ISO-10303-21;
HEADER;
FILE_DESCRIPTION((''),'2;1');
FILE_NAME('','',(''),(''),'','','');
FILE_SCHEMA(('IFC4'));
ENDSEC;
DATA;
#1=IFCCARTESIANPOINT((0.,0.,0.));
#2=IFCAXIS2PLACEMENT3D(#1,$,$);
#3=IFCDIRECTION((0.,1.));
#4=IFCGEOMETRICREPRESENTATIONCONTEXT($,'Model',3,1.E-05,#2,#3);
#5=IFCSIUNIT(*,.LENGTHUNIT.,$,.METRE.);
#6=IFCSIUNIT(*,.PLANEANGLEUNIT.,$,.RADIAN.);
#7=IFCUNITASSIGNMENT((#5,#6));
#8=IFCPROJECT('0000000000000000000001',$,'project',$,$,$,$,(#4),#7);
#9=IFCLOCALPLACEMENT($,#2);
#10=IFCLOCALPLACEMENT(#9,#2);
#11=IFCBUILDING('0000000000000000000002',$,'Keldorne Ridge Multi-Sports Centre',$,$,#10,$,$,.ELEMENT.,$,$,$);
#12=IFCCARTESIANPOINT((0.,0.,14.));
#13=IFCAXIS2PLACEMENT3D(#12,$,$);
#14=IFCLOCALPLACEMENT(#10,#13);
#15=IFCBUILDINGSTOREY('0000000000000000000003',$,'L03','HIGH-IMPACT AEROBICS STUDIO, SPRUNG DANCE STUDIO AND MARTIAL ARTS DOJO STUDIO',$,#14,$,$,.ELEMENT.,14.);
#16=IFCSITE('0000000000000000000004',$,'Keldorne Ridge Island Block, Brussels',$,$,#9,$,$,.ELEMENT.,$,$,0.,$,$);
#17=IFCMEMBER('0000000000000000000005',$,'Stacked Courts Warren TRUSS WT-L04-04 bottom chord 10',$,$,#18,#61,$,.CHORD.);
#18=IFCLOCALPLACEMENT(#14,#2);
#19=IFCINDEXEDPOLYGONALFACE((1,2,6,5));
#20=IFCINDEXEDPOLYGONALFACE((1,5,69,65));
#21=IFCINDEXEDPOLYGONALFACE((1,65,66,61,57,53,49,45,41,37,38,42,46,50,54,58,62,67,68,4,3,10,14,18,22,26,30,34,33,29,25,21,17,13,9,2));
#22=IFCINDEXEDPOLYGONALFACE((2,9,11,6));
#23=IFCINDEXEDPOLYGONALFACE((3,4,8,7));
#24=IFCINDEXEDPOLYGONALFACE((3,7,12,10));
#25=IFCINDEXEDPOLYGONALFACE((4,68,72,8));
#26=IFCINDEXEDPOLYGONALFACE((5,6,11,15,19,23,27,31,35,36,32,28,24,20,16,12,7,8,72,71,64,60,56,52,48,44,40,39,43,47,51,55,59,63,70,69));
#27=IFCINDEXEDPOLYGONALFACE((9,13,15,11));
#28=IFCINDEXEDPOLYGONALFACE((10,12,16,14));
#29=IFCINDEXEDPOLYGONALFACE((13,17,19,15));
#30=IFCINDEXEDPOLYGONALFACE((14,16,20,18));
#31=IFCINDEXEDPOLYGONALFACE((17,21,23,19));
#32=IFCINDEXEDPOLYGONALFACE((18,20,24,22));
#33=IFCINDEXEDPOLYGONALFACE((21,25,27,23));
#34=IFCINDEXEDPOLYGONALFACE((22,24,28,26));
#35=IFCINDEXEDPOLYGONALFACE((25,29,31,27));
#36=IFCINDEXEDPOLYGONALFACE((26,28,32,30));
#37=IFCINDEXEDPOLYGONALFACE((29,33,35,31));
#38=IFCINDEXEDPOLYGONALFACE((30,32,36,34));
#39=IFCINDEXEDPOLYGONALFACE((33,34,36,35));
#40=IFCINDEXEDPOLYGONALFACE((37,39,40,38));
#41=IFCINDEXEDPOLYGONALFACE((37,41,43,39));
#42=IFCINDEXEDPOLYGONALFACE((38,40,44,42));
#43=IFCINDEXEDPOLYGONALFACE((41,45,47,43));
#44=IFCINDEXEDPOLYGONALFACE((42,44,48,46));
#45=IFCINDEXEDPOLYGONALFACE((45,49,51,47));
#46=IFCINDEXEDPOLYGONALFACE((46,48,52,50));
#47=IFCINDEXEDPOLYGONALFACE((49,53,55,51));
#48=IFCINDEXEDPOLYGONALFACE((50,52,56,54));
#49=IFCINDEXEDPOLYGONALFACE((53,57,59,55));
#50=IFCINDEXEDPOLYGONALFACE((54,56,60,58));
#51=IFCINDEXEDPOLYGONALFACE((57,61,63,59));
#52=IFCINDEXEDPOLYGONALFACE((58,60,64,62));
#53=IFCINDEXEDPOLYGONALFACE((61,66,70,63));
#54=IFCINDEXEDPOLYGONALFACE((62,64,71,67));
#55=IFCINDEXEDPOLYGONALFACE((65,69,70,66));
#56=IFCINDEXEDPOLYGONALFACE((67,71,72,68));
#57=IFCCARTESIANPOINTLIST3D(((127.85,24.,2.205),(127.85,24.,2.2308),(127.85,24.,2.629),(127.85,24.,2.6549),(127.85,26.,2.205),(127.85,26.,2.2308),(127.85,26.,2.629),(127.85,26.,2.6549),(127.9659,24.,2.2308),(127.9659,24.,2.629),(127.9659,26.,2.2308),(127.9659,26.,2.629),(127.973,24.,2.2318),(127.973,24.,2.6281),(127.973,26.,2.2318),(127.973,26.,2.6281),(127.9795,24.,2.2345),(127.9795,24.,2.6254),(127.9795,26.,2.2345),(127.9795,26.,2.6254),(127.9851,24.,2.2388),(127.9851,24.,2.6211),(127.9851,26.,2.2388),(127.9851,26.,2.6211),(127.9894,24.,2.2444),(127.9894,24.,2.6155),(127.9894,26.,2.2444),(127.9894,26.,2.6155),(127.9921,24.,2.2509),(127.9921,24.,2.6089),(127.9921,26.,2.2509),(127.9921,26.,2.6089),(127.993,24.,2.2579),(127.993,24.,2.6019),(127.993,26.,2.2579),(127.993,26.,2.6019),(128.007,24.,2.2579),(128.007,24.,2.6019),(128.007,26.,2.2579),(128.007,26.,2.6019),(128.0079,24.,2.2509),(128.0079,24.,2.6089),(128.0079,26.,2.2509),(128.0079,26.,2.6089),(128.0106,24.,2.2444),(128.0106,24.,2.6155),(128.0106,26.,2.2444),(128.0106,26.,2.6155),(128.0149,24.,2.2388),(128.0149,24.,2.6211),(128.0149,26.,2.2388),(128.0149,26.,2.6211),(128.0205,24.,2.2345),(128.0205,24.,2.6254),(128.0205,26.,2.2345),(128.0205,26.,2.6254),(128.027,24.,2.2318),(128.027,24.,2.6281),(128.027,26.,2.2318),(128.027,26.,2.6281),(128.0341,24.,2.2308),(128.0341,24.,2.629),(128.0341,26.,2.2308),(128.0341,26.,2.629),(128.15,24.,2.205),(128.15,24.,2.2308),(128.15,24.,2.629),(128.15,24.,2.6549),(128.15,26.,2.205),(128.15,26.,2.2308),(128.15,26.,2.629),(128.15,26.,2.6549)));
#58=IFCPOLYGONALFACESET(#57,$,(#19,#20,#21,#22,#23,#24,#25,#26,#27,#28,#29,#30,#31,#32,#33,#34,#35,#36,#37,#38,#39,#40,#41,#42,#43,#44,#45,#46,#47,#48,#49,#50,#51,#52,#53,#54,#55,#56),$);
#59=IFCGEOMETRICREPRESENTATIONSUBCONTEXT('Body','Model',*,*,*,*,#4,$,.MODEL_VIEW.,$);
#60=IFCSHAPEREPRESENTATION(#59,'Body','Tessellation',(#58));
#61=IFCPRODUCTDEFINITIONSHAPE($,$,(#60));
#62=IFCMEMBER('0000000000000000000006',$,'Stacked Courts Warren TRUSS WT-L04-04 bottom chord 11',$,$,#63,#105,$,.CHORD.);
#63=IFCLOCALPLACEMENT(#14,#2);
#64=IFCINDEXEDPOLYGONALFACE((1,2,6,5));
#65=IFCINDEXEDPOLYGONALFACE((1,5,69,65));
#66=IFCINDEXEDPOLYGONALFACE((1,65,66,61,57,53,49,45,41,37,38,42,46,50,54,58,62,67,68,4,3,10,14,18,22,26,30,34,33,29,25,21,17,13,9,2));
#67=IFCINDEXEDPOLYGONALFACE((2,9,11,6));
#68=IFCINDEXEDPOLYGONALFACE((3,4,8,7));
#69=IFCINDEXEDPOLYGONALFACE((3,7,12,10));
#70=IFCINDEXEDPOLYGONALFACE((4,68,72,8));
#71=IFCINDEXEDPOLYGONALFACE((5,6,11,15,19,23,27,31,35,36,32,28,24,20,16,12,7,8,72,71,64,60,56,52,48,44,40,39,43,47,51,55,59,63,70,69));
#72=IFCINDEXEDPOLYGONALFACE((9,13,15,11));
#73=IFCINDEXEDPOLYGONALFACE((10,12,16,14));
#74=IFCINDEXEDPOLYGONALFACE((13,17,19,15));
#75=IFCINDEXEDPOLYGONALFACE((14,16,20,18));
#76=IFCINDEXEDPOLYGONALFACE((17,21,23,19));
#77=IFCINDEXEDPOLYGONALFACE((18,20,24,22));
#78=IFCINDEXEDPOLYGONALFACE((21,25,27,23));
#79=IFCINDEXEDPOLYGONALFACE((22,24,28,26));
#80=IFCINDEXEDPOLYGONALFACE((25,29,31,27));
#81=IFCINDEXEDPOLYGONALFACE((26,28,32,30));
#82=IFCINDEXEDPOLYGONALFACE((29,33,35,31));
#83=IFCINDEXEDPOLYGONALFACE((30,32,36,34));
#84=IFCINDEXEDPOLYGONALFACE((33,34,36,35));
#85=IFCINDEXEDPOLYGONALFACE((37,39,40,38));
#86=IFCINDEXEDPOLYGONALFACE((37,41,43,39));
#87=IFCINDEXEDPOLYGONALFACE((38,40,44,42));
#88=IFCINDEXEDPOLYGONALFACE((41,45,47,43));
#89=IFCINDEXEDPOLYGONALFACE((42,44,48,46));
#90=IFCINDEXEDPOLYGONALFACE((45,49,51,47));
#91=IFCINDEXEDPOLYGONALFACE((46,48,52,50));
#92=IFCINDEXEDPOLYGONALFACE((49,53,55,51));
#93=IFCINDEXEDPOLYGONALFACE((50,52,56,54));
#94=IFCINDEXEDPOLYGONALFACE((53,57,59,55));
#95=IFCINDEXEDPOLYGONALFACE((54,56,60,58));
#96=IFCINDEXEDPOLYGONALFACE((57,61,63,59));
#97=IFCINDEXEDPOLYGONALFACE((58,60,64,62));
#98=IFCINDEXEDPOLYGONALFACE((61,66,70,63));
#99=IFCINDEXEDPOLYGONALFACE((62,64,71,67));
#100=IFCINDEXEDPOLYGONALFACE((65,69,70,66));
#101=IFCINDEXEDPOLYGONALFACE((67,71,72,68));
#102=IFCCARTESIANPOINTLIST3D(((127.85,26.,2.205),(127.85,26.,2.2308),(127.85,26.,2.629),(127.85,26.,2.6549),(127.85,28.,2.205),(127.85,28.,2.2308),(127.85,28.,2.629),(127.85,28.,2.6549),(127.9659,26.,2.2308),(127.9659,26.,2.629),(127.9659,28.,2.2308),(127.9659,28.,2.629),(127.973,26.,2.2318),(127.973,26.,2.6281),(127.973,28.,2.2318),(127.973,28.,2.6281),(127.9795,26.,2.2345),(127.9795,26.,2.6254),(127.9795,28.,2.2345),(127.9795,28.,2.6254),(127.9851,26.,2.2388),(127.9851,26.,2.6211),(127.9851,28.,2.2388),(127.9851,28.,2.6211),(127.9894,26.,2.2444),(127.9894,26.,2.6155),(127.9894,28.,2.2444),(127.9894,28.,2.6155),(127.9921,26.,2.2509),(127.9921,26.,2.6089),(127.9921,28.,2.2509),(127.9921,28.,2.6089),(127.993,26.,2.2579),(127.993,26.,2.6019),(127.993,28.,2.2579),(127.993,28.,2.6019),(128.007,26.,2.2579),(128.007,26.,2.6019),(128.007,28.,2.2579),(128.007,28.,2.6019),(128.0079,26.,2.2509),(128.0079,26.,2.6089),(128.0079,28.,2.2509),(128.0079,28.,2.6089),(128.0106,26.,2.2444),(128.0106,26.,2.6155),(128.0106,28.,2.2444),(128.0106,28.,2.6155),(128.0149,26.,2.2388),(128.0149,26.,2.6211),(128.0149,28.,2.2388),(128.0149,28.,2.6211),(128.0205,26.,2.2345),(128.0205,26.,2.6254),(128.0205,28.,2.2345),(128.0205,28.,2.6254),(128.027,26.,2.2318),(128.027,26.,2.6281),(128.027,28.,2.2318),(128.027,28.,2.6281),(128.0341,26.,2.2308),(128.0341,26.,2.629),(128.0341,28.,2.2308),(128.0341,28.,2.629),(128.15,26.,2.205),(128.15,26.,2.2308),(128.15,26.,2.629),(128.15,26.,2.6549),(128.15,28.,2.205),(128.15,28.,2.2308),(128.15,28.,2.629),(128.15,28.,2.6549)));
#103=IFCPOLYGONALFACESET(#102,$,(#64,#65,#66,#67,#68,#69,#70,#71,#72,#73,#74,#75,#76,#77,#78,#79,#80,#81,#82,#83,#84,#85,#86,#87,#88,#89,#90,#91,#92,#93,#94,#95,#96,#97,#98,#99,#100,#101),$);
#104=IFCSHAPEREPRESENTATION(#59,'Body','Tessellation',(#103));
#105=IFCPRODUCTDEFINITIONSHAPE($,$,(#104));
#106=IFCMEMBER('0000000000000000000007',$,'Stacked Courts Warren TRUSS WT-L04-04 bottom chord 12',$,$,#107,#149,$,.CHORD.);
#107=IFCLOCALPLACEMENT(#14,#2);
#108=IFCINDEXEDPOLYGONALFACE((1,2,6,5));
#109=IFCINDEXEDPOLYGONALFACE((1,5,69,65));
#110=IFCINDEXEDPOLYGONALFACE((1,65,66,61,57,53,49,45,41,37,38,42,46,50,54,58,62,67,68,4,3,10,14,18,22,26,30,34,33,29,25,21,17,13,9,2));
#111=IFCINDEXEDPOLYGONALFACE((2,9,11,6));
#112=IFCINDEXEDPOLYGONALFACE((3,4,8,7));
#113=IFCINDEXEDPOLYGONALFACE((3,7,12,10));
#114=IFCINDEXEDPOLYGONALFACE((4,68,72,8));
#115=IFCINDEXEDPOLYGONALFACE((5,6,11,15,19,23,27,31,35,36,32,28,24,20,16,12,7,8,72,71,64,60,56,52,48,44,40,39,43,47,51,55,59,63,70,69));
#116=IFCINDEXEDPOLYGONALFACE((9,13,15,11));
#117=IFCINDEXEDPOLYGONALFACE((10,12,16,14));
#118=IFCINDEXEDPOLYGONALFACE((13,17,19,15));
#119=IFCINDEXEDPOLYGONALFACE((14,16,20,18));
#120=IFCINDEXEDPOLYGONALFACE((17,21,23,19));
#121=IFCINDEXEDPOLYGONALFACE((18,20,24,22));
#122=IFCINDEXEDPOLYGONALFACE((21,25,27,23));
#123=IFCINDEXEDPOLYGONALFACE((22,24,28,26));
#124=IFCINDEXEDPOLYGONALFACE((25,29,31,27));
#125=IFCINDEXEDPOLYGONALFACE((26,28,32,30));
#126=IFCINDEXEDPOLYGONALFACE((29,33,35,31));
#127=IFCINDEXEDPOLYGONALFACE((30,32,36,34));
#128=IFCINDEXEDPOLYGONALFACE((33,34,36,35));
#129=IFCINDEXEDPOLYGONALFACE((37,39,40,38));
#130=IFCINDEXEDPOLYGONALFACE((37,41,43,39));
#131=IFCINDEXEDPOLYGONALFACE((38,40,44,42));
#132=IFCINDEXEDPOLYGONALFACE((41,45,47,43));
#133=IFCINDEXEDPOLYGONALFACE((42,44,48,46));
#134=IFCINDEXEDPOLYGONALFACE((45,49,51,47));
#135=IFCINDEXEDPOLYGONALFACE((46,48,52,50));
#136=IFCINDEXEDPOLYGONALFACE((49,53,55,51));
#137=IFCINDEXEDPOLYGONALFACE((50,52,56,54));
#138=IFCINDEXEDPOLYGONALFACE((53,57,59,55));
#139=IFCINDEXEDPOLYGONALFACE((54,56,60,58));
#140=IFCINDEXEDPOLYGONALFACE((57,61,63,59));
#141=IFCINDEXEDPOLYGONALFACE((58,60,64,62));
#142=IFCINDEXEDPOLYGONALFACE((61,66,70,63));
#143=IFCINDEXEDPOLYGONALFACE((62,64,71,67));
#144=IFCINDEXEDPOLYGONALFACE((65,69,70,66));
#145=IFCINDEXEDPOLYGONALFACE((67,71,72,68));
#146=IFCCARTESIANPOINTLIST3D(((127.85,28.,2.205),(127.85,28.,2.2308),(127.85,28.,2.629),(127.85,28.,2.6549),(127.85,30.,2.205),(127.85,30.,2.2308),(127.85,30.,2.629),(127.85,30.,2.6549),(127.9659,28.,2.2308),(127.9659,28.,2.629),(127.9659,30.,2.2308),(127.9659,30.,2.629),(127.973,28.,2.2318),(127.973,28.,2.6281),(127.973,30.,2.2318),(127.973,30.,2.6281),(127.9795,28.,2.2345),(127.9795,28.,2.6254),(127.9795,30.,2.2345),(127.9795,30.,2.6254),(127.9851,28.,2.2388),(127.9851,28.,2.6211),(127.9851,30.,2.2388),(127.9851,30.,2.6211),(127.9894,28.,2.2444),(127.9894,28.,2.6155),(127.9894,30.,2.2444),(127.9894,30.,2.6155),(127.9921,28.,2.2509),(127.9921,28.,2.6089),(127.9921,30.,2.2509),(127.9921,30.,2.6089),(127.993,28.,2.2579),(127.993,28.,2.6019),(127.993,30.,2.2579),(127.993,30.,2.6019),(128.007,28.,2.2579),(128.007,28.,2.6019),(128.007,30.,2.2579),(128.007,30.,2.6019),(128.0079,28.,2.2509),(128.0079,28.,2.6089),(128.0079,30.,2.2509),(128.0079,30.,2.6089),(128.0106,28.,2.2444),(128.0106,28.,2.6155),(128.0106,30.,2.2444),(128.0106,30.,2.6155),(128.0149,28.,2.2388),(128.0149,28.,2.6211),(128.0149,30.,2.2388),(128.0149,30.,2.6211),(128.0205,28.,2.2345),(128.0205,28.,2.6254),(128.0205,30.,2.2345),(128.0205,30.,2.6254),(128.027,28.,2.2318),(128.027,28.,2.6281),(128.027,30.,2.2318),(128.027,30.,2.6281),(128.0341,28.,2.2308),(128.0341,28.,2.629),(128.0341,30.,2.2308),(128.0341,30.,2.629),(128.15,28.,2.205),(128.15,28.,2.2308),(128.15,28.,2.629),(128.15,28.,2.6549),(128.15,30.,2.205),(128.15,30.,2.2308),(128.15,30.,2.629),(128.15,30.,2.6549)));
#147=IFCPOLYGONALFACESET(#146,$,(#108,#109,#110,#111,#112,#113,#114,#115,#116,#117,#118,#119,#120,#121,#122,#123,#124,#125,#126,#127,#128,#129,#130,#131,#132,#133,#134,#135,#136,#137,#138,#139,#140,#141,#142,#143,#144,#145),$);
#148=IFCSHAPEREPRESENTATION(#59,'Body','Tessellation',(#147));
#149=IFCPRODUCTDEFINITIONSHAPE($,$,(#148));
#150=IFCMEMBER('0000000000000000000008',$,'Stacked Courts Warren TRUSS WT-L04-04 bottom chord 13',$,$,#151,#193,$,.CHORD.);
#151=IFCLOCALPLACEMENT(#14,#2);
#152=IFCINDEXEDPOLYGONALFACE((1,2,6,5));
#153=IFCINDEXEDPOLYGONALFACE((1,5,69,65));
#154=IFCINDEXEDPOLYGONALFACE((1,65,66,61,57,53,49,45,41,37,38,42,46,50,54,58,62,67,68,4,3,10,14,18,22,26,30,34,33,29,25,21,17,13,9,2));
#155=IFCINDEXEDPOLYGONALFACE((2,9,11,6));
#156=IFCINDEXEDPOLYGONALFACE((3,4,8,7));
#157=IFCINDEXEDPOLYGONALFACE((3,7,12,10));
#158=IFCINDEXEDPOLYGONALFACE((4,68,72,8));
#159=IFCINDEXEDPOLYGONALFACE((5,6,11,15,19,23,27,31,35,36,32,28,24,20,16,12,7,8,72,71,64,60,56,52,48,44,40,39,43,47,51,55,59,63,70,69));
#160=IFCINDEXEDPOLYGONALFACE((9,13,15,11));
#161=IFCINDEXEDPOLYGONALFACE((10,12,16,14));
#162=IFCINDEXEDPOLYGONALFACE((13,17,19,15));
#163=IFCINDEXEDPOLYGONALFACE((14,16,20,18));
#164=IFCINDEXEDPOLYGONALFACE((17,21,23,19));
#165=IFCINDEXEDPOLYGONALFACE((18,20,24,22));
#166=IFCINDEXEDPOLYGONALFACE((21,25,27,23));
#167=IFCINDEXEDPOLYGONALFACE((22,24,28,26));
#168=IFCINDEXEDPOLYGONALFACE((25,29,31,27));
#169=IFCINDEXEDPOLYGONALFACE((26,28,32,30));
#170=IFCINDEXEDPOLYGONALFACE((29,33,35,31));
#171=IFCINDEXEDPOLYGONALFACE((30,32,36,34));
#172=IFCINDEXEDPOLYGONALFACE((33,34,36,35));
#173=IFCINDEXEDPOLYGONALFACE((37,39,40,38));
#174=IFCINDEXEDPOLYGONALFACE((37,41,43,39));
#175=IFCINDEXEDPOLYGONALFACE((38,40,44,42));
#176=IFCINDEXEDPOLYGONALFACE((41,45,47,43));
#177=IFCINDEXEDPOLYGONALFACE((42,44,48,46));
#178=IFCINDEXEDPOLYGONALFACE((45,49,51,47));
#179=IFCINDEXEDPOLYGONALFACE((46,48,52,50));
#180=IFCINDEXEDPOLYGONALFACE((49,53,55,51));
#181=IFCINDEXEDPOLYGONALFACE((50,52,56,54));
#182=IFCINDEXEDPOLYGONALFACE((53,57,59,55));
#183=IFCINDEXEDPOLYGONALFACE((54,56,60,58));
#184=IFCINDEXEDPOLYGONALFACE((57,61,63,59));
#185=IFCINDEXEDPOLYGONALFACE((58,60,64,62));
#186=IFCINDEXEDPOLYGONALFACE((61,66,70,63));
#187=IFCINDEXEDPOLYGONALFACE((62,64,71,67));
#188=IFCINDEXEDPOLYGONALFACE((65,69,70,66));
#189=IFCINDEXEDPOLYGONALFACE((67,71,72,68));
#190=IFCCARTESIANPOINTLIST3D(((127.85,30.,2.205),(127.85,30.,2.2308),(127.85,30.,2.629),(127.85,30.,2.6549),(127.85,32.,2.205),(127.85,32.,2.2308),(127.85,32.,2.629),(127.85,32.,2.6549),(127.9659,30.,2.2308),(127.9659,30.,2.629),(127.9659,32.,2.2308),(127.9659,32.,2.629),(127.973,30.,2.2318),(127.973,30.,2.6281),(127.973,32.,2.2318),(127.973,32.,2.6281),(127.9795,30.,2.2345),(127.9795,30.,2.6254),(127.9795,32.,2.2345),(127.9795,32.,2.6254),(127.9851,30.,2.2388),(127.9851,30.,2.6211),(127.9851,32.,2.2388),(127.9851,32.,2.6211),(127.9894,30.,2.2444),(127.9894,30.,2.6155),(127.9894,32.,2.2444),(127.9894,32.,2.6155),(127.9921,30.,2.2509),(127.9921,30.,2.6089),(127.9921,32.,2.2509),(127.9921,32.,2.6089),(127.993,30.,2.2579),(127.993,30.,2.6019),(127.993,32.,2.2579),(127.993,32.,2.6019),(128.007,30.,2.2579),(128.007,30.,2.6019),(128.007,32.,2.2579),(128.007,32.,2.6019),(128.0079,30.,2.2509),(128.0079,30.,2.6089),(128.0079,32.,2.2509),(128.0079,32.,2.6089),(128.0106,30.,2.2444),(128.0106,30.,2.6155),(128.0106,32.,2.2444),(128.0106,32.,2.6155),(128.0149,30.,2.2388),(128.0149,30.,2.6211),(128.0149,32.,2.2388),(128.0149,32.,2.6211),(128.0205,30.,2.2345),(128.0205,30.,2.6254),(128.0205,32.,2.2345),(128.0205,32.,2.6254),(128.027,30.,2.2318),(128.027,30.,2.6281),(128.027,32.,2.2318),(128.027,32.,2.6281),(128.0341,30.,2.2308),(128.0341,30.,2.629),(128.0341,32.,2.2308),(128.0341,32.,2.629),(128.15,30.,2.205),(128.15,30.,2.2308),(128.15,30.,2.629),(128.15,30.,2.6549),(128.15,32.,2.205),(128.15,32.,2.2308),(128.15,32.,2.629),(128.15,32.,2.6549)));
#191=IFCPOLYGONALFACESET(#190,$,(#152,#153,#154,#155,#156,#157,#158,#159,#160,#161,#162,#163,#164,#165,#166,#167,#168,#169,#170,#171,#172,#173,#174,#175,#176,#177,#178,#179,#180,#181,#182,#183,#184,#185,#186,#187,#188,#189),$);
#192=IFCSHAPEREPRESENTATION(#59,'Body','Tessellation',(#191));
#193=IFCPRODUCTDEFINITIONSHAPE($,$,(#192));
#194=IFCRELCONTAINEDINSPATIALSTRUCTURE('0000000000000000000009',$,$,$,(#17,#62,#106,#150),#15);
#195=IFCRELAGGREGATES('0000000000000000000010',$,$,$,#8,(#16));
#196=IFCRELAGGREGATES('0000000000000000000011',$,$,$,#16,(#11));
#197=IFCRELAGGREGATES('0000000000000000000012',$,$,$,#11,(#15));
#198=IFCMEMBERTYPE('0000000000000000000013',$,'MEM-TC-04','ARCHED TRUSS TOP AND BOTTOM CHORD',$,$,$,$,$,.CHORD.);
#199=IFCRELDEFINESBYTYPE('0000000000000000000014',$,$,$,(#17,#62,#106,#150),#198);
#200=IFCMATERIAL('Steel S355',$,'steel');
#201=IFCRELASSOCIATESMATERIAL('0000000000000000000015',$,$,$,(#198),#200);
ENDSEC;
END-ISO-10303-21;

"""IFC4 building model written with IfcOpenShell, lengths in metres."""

from ifc_helpers import new_model, si_unit, direction, frame, origin, origin_2d, place, context, subcontext, project, spatial, i_section, extrude, material, material_profile, profile_set, type_object, element, save


model = new_model("IFC4")

# Units and contexts
model_context = context("Model", 3, precision=1e-05, world=origin(), true_north=direction((0.0, 1.0)))
body_context = subcontext(model_context, "Body", "Model", "MODEL_VIEW")
ifc_project = project(units=[si_unit("LENGTHUNIT", "METRE"), si_unit("PLANEANGLEUNIT", "RADIAN")], contexts=[model_context])

# Site, building, storey
site_placement = place(None, origin())
site = spatial("IfcSite", under=ifc_project, at=site_placement, Name="Keldorne Ridge Island Block, Brussels", CompositionType="ELEMENT", RefElevation=0.0)
building_placement = place(site_placement, origin())
building = spatial("IfcBuilding", under=site, at=building_placement, Name="Keldorne Ridge Multi-Sports Centre", CompositionType="ELEMENT")
storey_placement = place(building_placement, frame((0.0, 0.0, 14.0)))
storey = spatial("IfcBuildingStorey", under=building, at=storey_placement, Name="L03", Description="HIGH-IMPACT AEROBICS STUDIO, SPRUNG DANCE STUDIO AND MARTIAL ARTS DOJO STUDIO", CompositionType="ELEMENT", Elevation=14.0)

# Members
ifc_material = material(Name="Steel S355", Category="steel")
ifc_material_profile_1 = material_profile(ifc_material, i_section(OverallWidth=0.3, OverallDepth=0.45, WebThickness=0.0139, FlangeThickness=0.0259, FilletRadius=0.0271, at=origin_2d()), Name="HEB 450")
ifc_profile_set_1 = profile_set([ifc_material_profile_1], Name="Steel S355")
member_type_1 = type_object("IfcMemberType", Name="MEM-TC-04", Description="ARCHED TRUSS TOP AND BOTTOM CHORD", PredefinedType="CHORD", material=ifc_profile_set_1)
for number, where, z_axis, x_axis, name in (
    (1, (128.0, 24.0, 2.4299), (0.0, 1.0, 0.0), (-1.0, 0.0, 0.0), "Stacked Courts Warren TRUSS WT-L04-04 bottom chord 10"),
    (2, (128.0, 26.0, 2.4299), (0.0, 1.0, 0.0), (-1.0, 0.0, 0.0), "Stacked Courts Warren TRUSS WT-L04-04 bottom chord 11"),
    (3, (128.0, 28.0, 2.4299), (0.0, 1.0, 0.0), (-1.0, 0.0, 0.0), "Stacked Courts Warren TRUSS WT-L04-04 bottom chord 12"),
    (4, (128.0, 30.0, 2.4299), (0.0, 1.0, 0.0), (-1.0, 0.0, 0.0), "Stacked Courts Warren TRUSS WT-L04-04 bottom chord 13"),
):
    element("IfcMember", number, at=place(storey_placement, frame(where, z_axis=z_axis, x_axis=x_axis)), inside=storey, type_object=member_type_1, Name=name, PredefinedType="CHORD", context=body_context, shape_type="SweptSolid", body=[
        extrude(i_section(OverallWidth=0.3, OverallDepth=0.45, WebThickness=0.0139, FlangeThickness=0.0259, FilletRadius=0.0271, at=origin_2d()), origin(), (0.0, 0.0, 1.0), 2.0),
    ])

save(model, "model.ifc")
